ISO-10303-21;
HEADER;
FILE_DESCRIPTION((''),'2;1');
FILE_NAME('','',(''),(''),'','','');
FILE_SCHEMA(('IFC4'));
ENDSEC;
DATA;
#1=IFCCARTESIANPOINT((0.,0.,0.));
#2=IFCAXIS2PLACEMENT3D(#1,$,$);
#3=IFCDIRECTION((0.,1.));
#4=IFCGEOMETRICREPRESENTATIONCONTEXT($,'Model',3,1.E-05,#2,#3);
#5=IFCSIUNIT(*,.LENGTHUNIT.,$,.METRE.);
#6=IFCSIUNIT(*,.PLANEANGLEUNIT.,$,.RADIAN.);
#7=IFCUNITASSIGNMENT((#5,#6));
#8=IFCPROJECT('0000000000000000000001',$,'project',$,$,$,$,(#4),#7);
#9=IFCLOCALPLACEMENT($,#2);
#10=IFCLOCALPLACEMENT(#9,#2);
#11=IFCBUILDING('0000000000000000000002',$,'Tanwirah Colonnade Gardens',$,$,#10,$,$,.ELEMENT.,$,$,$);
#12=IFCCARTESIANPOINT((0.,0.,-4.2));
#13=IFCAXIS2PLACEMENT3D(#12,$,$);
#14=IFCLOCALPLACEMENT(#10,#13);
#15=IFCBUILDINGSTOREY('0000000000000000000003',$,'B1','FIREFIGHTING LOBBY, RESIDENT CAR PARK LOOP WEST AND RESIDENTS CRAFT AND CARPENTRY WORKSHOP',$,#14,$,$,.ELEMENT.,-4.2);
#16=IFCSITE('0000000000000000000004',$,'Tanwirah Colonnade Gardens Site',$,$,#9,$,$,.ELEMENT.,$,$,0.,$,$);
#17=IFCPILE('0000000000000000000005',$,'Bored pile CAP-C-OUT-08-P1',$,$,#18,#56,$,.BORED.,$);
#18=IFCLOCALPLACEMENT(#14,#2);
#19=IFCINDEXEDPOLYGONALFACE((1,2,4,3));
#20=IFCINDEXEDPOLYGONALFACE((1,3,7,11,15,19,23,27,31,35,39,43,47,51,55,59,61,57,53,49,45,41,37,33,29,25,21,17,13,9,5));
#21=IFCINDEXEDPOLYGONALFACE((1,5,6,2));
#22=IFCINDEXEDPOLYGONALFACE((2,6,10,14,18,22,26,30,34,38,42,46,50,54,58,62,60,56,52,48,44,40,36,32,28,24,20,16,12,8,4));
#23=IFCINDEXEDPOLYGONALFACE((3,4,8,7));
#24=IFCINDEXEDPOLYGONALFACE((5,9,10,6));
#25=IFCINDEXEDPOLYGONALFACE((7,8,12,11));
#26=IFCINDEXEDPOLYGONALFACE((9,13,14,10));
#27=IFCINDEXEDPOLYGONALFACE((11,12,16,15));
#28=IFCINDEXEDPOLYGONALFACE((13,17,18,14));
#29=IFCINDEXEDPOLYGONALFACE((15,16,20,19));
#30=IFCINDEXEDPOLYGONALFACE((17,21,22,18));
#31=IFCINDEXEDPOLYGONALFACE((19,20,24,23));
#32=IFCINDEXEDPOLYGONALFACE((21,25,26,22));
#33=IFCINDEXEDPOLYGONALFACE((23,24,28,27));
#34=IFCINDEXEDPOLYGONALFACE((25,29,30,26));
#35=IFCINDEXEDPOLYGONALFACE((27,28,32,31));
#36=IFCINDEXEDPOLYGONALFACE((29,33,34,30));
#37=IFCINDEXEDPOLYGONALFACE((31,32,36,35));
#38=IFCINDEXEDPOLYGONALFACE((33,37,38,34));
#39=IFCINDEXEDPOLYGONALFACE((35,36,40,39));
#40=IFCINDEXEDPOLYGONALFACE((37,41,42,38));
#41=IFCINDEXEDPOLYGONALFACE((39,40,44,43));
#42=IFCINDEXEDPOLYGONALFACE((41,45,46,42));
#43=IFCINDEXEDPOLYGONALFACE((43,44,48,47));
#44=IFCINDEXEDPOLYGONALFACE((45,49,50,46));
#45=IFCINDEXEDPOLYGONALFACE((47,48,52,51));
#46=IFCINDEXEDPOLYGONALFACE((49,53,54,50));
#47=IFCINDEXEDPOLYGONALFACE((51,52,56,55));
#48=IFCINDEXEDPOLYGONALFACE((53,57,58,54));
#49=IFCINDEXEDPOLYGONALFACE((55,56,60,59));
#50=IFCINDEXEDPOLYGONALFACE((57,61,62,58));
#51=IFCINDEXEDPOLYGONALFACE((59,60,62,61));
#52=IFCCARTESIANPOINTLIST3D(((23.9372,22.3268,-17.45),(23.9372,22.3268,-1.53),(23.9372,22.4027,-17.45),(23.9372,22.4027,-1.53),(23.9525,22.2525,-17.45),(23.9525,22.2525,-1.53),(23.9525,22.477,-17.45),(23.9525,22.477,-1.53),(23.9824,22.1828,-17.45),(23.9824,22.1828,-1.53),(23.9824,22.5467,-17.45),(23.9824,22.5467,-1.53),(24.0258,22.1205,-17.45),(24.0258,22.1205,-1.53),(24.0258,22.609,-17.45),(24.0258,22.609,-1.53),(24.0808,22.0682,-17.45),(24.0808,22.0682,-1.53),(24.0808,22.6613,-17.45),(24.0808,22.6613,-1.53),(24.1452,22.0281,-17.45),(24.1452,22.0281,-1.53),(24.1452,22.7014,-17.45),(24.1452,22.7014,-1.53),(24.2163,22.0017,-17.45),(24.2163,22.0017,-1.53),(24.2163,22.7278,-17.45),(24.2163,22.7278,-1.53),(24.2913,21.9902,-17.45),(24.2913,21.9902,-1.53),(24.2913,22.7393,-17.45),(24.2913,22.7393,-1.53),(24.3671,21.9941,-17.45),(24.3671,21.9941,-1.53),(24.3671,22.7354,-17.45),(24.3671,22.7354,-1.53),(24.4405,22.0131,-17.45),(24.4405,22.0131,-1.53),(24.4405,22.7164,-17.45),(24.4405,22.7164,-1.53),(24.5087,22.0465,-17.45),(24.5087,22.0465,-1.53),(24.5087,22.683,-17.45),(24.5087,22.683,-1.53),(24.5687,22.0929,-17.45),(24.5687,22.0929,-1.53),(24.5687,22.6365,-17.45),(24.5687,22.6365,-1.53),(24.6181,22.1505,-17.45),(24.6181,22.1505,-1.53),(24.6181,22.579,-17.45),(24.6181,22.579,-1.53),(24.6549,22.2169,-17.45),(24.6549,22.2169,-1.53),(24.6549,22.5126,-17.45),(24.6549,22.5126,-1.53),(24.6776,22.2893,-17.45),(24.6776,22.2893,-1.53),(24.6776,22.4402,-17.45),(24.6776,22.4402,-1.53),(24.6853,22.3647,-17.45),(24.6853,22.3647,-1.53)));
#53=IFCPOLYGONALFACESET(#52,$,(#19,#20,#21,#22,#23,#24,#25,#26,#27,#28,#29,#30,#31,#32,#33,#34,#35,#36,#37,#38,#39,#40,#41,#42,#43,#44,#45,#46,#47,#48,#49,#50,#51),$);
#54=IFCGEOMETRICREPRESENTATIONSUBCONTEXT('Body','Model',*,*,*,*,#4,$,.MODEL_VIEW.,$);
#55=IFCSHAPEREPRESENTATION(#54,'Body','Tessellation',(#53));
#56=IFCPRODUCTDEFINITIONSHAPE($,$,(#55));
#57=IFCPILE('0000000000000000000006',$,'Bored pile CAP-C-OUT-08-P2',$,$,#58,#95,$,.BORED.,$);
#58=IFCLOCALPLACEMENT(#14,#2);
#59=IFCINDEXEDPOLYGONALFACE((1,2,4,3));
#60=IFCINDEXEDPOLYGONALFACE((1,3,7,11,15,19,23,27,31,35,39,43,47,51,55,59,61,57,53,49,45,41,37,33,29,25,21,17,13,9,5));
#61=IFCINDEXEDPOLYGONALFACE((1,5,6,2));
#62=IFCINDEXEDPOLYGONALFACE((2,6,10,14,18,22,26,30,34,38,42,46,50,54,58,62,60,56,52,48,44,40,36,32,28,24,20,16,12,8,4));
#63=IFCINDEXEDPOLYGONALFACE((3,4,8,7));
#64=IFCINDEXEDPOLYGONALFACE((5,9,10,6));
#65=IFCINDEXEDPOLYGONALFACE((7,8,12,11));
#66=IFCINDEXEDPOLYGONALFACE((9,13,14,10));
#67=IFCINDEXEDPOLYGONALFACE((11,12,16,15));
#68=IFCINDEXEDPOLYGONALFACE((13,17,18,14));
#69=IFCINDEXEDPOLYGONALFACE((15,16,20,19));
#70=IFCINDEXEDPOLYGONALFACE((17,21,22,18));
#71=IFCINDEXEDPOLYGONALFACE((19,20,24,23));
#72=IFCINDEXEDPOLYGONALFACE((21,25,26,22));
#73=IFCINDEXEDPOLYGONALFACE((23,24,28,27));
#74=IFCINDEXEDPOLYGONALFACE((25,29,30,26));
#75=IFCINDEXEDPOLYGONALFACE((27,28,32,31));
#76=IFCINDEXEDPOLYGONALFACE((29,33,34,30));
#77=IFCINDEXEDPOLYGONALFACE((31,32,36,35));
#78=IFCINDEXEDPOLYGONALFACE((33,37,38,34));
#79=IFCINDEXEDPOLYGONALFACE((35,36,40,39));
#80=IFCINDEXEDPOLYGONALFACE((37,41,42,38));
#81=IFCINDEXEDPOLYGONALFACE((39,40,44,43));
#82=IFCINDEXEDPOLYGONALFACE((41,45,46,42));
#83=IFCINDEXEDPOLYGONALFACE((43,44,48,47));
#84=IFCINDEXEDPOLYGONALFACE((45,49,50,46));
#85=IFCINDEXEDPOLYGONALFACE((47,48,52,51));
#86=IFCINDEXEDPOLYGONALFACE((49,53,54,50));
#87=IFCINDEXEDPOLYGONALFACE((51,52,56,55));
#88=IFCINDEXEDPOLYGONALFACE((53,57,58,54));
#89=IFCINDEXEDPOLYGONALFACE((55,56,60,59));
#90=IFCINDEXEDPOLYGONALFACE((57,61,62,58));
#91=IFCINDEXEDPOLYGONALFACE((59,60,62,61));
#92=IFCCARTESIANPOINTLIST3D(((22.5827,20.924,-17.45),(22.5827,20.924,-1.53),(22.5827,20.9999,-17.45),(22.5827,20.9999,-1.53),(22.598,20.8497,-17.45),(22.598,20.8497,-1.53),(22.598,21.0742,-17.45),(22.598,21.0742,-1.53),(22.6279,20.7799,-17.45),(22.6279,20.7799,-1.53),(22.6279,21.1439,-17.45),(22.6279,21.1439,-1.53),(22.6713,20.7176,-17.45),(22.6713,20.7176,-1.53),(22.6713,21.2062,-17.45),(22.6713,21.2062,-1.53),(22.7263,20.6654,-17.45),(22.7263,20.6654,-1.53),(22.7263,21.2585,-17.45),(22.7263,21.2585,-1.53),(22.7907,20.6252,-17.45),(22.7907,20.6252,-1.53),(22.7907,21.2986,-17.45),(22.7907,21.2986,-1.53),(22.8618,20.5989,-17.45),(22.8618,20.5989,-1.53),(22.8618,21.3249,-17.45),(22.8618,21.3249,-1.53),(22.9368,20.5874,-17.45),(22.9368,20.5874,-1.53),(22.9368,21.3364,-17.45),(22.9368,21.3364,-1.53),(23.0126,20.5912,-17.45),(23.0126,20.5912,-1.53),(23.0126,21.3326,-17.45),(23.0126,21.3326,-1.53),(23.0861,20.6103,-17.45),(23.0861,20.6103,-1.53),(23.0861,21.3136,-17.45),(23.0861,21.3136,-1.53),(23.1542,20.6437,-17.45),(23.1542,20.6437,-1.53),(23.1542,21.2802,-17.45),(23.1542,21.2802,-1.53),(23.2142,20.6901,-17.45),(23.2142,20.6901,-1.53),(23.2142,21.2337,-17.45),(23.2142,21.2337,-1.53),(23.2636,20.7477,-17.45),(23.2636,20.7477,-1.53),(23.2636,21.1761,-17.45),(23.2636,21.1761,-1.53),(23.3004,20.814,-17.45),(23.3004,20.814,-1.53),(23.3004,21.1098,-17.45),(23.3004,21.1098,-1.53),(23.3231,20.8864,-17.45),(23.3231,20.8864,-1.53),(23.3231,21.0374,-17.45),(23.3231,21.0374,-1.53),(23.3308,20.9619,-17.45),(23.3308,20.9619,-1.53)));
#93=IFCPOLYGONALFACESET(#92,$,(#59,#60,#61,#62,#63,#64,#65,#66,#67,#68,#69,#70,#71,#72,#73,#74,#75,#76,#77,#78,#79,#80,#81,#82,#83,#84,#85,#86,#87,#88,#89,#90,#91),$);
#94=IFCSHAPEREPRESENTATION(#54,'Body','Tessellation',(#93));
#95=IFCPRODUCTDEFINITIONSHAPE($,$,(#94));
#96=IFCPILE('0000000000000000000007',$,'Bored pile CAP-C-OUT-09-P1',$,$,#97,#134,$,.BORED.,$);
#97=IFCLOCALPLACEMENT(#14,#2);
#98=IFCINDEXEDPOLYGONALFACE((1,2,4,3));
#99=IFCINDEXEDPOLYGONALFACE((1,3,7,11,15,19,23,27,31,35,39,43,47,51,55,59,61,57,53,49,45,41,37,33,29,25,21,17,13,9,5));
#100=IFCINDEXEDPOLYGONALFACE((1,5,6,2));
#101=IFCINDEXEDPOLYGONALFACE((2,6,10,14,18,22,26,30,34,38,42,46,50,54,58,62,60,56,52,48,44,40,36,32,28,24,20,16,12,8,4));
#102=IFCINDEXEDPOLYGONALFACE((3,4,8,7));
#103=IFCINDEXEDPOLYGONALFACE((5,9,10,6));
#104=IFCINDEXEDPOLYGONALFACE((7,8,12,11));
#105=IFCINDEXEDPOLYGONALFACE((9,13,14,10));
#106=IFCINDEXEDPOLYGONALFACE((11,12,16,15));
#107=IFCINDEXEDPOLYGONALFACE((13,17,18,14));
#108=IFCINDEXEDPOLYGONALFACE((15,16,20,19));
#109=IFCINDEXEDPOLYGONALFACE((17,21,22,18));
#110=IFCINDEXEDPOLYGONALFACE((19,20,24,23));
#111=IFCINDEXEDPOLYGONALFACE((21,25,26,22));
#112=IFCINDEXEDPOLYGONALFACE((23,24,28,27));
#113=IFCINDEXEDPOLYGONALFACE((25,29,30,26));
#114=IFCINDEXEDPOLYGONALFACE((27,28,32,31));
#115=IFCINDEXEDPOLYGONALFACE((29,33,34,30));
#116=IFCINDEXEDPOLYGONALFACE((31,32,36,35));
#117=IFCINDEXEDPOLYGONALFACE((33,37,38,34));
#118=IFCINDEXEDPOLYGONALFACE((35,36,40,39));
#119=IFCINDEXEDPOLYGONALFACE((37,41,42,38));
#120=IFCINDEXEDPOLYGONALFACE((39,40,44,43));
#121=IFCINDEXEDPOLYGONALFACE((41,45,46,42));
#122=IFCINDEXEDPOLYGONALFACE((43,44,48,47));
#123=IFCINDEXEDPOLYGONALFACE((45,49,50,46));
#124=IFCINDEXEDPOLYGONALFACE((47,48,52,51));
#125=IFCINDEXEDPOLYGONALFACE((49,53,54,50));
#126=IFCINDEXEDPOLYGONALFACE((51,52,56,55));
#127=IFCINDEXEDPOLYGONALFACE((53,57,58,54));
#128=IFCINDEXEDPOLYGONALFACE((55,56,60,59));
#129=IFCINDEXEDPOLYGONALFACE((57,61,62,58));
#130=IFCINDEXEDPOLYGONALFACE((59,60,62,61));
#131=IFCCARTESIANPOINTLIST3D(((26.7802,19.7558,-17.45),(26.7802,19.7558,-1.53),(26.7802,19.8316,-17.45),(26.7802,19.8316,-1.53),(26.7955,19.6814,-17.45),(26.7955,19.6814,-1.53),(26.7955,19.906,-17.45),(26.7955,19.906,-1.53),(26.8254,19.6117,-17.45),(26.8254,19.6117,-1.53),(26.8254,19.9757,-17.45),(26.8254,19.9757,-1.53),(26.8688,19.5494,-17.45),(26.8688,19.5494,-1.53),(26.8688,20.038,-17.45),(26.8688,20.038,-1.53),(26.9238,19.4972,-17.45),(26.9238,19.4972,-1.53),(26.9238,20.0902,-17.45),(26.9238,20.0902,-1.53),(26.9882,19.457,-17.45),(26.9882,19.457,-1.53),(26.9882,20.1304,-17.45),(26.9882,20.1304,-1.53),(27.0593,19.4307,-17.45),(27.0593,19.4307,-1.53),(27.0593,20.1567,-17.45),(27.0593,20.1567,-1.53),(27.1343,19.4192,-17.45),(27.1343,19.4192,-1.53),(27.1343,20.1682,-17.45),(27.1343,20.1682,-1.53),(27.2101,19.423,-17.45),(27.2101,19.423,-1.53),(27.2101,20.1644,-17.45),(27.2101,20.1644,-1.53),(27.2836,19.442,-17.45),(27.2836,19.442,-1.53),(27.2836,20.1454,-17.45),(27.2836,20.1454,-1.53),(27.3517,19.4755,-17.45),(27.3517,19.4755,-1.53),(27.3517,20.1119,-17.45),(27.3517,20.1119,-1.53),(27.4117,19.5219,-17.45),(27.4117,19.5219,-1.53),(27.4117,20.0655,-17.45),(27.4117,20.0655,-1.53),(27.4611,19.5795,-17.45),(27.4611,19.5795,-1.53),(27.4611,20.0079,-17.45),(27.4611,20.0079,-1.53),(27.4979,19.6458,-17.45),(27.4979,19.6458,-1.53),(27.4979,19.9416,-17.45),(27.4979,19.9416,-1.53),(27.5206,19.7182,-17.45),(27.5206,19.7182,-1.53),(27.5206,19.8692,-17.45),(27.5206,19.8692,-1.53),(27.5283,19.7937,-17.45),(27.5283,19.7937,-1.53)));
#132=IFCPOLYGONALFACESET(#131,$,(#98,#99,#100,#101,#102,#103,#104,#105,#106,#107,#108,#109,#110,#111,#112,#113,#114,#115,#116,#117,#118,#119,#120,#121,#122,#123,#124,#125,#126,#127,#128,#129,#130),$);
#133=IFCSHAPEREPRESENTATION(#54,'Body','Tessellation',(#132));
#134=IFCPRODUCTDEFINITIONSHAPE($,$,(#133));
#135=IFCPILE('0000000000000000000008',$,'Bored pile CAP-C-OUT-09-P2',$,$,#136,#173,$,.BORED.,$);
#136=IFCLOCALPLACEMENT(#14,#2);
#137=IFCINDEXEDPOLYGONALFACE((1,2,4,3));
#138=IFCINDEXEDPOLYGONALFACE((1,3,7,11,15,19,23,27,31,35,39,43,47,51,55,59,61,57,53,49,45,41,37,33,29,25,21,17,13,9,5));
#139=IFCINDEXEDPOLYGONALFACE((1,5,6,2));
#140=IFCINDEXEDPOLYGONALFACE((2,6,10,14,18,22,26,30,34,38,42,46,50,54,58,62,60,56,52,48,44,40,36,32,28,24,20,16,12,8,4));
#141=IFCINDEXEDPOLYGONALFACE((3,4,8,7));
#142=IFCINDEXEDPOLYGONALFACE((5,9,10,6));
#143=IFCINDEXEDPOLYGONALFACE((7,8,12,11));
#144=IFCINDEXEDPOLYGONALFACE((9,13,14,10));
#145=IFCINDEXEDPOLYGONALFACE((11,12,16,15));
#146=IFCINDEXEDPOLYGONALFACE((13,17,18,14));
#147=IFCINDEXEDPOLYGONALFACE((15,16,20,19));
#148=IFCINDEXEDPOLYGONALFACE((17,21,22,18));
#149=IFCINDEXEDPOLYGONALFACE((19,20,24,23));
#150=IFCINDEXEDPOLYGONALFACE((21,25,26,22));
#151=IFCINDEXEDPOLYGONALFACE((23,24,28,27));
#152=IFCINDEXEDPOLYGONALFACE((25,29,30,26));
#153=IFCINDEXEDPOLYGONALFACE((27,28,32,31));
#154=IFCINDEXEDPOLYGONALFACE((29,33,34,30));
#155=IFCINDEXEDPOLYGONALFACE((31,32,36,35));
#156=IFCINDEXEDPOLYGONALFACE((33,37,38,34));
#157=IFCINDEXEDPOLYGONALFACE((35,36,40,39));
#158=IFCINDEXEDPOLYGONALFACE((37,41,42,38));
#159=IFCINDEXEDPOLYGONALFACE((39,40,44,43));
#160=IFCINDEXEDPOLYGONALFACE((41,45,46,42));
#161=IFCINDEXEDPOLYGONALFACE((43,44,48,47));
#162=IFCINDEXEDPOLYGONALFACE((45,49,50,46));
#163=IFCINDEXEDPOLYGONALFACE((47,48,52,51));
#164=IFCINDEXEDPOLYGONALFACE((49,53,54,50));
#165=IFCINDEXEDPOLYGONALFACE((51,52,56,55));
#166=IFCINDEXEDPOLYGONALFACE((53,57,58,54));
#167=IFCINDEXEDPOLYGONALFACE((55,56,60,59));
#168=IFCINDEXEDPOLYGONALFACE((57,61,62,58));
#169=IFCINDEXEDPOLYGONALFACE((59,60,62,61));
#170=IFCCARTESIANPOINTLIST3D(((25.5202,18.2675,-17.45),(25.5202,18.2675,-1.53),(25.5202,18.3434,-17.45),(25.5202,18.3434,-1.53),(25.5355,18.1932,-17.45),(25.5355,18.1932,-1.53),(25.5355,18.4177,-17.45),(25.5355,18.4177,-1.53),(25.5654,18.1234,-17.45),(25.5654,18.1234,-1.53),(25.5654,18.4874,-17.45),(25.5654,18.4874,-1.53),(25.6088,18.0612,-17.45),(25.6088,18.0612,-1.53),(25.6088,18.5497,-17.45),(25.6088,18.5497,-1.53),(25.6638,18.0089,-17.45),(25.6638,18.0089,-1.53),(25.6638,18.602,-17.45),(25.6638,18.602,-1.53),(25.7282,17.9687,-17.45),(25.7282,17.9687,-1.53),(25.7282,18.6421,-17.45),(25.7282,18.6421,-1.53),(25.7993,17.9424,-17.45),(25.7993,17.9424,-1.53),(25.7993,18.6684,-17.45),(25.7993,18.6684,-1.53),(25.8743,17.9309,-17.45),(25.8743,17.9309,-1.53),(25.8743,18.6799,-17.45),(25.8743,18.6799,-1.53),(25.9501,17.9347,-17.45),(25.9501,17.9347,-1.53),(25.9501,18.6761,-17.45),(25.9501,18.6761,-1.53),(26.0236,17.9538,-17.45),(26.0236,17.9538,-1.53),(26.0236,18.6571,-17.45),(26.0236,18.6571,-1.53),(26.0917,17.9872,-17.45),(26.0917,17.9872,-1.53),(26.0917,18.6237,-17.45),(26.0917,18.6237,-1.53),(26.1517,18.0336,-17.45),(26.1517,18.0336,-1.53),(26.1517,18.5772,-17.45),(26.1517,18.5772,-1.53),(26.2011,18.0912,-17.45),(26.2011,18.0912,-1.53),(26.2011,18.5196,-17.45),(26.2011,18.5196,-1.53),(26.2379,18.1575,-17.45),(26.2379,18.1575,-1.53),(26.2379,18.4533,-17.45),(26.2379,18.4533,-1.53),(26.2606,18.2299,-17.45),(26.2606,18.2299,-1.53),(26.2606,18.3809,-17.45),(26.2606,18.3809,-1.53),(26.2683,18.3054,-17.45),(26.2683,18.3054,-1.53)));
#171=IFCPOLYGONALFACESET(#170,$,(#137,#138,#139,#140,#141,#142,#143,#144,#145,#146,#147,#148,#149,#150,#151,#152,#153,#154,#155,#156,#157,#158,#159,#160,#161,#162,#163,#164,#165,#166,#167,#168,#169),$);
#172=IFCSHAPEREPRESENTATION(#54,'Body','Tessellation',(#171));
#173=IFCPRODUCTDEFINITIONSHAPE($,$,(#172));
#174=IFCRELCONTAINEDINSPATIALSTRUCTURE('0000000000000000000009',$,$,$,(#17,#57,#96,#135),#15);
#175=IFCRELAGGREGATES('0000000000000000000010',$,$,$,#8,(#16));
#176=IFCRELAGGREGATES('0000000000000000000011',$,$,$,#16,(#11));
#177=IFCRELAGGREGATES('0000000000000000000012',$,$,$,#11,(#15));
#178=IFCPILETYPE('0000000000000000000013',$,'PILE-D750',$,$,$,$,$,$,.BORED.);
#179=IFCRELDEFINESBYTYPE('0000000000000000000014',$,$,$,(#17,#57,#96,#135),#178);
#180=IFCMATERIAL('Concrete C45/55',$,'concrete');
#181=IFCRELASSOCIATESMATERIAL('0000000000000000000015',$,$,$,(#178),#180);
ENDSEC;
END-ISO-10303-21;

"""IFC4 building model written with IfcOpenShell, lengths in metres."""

from ifc_helpers import new_model, si_unit, direction, frame, origin, origin_2d, place, context, subcontext, project, spatial, circle, extrude, material, material_profile, profile_set, type_object, element, save


model = new_model("IFC4")

# Units and contexts
model_context = context("Model", 3, precision=1e-05, world=origin(), true_north=direction((0.0, 1.0)))
body_context = subcontext(model_context, "Body", "Model", "MODEL_VIEW")
ifc_project = project(units=[si_unit("LENGTHUNIT", "METRE"), si_unit("PLANEANGLEUNIT", "RADIAN")], contexts=[model_context])

# Site, building, storey
site_placement = place(None, origin())
site = spatial("IfcSite", under=ifc_project, at=site_placement, Name="Tanwirah Colonnade Gardens Site", CompositionType="ELEMENT", RefElevation=0.0)
building_placement = place(site_placement, origin())
building = spatial("IfcBuilding", under=site, at=building_placement, Name="Tanwirah Colonnade Gardens", CompositionType="ELEMENT")
storey_placement = place(building_placement, frame((0.0, 0.0, -4.2)))
storey = spatial("IfcBuildingStorey", under=building, at=storey_placement, Name="B1", Description="FIREFIGHTING LOBBY, RESIDENT CAR PARK LOOP WEST AND RESIDENTS CRAFT AND CARPENTRY WORKSHOP", CompositionType="ELEMENT", Elevation=-4.2)

# Shared definitions
ifc_material_1 = material(Name="Concrete C45/55", Category="concrete")

# Piles
ifc_material_profile_1 = material_profile(ifc_material_1, circle(Radius=0.375, at=origin_2d()), Name="PILE D750")
ifc_profile_set_1 = profile_set([ifc_material_profile_1], Name="Concrete C45/55")
pile_type_1 = type_object("IfcPileType", Name="PILE-D750", PredefinedType="BORED", material=ifc_profile_set_1)
for number, where, z_axis, x_axis, name in (
    (1, (24.3103, 22.3647, -1.53), (0.0, 0.0, -1.0), (1.0, 0.0, 0.0), "Bored pile CAP-C-OUT-08-P1"),
    (2, (22.9558, 20.9619, -1.53), (0.0, 0.0, -1.0), (1.0, 0.0, 0.0), "Bored pile CAP-C-OUT-08-P2"),
    (3, (27.1533, 19.7937, -1.53), (0.0, 0.0, -1.0), (1.0, 0.0, 0.0), "Bored pile CAP-C-OUT-09-P1"),
    (4, (25.8933, 18.3054, -1.53), (0.0, 0.0, -1.0), (1.0, 0.0, 0.0), "Bored pile CAP-C-OUT-09-P2"),
):
    element("IfcPile", number, at=place(storey_placement, frame(where, z_axis=z_axis, x_axis=x_axis)), inside=storey, type_object=pile_type_1, Name=name, PredefinedType="BORED", context=body_context, shape_type="SweptSolid", body=[
        extrude(circle(Radius=0.375, at=origin_2d()), origin(), (0.0, 0.0, 1.0), 15.9199),
    ])

save(model, "model.ifc")
